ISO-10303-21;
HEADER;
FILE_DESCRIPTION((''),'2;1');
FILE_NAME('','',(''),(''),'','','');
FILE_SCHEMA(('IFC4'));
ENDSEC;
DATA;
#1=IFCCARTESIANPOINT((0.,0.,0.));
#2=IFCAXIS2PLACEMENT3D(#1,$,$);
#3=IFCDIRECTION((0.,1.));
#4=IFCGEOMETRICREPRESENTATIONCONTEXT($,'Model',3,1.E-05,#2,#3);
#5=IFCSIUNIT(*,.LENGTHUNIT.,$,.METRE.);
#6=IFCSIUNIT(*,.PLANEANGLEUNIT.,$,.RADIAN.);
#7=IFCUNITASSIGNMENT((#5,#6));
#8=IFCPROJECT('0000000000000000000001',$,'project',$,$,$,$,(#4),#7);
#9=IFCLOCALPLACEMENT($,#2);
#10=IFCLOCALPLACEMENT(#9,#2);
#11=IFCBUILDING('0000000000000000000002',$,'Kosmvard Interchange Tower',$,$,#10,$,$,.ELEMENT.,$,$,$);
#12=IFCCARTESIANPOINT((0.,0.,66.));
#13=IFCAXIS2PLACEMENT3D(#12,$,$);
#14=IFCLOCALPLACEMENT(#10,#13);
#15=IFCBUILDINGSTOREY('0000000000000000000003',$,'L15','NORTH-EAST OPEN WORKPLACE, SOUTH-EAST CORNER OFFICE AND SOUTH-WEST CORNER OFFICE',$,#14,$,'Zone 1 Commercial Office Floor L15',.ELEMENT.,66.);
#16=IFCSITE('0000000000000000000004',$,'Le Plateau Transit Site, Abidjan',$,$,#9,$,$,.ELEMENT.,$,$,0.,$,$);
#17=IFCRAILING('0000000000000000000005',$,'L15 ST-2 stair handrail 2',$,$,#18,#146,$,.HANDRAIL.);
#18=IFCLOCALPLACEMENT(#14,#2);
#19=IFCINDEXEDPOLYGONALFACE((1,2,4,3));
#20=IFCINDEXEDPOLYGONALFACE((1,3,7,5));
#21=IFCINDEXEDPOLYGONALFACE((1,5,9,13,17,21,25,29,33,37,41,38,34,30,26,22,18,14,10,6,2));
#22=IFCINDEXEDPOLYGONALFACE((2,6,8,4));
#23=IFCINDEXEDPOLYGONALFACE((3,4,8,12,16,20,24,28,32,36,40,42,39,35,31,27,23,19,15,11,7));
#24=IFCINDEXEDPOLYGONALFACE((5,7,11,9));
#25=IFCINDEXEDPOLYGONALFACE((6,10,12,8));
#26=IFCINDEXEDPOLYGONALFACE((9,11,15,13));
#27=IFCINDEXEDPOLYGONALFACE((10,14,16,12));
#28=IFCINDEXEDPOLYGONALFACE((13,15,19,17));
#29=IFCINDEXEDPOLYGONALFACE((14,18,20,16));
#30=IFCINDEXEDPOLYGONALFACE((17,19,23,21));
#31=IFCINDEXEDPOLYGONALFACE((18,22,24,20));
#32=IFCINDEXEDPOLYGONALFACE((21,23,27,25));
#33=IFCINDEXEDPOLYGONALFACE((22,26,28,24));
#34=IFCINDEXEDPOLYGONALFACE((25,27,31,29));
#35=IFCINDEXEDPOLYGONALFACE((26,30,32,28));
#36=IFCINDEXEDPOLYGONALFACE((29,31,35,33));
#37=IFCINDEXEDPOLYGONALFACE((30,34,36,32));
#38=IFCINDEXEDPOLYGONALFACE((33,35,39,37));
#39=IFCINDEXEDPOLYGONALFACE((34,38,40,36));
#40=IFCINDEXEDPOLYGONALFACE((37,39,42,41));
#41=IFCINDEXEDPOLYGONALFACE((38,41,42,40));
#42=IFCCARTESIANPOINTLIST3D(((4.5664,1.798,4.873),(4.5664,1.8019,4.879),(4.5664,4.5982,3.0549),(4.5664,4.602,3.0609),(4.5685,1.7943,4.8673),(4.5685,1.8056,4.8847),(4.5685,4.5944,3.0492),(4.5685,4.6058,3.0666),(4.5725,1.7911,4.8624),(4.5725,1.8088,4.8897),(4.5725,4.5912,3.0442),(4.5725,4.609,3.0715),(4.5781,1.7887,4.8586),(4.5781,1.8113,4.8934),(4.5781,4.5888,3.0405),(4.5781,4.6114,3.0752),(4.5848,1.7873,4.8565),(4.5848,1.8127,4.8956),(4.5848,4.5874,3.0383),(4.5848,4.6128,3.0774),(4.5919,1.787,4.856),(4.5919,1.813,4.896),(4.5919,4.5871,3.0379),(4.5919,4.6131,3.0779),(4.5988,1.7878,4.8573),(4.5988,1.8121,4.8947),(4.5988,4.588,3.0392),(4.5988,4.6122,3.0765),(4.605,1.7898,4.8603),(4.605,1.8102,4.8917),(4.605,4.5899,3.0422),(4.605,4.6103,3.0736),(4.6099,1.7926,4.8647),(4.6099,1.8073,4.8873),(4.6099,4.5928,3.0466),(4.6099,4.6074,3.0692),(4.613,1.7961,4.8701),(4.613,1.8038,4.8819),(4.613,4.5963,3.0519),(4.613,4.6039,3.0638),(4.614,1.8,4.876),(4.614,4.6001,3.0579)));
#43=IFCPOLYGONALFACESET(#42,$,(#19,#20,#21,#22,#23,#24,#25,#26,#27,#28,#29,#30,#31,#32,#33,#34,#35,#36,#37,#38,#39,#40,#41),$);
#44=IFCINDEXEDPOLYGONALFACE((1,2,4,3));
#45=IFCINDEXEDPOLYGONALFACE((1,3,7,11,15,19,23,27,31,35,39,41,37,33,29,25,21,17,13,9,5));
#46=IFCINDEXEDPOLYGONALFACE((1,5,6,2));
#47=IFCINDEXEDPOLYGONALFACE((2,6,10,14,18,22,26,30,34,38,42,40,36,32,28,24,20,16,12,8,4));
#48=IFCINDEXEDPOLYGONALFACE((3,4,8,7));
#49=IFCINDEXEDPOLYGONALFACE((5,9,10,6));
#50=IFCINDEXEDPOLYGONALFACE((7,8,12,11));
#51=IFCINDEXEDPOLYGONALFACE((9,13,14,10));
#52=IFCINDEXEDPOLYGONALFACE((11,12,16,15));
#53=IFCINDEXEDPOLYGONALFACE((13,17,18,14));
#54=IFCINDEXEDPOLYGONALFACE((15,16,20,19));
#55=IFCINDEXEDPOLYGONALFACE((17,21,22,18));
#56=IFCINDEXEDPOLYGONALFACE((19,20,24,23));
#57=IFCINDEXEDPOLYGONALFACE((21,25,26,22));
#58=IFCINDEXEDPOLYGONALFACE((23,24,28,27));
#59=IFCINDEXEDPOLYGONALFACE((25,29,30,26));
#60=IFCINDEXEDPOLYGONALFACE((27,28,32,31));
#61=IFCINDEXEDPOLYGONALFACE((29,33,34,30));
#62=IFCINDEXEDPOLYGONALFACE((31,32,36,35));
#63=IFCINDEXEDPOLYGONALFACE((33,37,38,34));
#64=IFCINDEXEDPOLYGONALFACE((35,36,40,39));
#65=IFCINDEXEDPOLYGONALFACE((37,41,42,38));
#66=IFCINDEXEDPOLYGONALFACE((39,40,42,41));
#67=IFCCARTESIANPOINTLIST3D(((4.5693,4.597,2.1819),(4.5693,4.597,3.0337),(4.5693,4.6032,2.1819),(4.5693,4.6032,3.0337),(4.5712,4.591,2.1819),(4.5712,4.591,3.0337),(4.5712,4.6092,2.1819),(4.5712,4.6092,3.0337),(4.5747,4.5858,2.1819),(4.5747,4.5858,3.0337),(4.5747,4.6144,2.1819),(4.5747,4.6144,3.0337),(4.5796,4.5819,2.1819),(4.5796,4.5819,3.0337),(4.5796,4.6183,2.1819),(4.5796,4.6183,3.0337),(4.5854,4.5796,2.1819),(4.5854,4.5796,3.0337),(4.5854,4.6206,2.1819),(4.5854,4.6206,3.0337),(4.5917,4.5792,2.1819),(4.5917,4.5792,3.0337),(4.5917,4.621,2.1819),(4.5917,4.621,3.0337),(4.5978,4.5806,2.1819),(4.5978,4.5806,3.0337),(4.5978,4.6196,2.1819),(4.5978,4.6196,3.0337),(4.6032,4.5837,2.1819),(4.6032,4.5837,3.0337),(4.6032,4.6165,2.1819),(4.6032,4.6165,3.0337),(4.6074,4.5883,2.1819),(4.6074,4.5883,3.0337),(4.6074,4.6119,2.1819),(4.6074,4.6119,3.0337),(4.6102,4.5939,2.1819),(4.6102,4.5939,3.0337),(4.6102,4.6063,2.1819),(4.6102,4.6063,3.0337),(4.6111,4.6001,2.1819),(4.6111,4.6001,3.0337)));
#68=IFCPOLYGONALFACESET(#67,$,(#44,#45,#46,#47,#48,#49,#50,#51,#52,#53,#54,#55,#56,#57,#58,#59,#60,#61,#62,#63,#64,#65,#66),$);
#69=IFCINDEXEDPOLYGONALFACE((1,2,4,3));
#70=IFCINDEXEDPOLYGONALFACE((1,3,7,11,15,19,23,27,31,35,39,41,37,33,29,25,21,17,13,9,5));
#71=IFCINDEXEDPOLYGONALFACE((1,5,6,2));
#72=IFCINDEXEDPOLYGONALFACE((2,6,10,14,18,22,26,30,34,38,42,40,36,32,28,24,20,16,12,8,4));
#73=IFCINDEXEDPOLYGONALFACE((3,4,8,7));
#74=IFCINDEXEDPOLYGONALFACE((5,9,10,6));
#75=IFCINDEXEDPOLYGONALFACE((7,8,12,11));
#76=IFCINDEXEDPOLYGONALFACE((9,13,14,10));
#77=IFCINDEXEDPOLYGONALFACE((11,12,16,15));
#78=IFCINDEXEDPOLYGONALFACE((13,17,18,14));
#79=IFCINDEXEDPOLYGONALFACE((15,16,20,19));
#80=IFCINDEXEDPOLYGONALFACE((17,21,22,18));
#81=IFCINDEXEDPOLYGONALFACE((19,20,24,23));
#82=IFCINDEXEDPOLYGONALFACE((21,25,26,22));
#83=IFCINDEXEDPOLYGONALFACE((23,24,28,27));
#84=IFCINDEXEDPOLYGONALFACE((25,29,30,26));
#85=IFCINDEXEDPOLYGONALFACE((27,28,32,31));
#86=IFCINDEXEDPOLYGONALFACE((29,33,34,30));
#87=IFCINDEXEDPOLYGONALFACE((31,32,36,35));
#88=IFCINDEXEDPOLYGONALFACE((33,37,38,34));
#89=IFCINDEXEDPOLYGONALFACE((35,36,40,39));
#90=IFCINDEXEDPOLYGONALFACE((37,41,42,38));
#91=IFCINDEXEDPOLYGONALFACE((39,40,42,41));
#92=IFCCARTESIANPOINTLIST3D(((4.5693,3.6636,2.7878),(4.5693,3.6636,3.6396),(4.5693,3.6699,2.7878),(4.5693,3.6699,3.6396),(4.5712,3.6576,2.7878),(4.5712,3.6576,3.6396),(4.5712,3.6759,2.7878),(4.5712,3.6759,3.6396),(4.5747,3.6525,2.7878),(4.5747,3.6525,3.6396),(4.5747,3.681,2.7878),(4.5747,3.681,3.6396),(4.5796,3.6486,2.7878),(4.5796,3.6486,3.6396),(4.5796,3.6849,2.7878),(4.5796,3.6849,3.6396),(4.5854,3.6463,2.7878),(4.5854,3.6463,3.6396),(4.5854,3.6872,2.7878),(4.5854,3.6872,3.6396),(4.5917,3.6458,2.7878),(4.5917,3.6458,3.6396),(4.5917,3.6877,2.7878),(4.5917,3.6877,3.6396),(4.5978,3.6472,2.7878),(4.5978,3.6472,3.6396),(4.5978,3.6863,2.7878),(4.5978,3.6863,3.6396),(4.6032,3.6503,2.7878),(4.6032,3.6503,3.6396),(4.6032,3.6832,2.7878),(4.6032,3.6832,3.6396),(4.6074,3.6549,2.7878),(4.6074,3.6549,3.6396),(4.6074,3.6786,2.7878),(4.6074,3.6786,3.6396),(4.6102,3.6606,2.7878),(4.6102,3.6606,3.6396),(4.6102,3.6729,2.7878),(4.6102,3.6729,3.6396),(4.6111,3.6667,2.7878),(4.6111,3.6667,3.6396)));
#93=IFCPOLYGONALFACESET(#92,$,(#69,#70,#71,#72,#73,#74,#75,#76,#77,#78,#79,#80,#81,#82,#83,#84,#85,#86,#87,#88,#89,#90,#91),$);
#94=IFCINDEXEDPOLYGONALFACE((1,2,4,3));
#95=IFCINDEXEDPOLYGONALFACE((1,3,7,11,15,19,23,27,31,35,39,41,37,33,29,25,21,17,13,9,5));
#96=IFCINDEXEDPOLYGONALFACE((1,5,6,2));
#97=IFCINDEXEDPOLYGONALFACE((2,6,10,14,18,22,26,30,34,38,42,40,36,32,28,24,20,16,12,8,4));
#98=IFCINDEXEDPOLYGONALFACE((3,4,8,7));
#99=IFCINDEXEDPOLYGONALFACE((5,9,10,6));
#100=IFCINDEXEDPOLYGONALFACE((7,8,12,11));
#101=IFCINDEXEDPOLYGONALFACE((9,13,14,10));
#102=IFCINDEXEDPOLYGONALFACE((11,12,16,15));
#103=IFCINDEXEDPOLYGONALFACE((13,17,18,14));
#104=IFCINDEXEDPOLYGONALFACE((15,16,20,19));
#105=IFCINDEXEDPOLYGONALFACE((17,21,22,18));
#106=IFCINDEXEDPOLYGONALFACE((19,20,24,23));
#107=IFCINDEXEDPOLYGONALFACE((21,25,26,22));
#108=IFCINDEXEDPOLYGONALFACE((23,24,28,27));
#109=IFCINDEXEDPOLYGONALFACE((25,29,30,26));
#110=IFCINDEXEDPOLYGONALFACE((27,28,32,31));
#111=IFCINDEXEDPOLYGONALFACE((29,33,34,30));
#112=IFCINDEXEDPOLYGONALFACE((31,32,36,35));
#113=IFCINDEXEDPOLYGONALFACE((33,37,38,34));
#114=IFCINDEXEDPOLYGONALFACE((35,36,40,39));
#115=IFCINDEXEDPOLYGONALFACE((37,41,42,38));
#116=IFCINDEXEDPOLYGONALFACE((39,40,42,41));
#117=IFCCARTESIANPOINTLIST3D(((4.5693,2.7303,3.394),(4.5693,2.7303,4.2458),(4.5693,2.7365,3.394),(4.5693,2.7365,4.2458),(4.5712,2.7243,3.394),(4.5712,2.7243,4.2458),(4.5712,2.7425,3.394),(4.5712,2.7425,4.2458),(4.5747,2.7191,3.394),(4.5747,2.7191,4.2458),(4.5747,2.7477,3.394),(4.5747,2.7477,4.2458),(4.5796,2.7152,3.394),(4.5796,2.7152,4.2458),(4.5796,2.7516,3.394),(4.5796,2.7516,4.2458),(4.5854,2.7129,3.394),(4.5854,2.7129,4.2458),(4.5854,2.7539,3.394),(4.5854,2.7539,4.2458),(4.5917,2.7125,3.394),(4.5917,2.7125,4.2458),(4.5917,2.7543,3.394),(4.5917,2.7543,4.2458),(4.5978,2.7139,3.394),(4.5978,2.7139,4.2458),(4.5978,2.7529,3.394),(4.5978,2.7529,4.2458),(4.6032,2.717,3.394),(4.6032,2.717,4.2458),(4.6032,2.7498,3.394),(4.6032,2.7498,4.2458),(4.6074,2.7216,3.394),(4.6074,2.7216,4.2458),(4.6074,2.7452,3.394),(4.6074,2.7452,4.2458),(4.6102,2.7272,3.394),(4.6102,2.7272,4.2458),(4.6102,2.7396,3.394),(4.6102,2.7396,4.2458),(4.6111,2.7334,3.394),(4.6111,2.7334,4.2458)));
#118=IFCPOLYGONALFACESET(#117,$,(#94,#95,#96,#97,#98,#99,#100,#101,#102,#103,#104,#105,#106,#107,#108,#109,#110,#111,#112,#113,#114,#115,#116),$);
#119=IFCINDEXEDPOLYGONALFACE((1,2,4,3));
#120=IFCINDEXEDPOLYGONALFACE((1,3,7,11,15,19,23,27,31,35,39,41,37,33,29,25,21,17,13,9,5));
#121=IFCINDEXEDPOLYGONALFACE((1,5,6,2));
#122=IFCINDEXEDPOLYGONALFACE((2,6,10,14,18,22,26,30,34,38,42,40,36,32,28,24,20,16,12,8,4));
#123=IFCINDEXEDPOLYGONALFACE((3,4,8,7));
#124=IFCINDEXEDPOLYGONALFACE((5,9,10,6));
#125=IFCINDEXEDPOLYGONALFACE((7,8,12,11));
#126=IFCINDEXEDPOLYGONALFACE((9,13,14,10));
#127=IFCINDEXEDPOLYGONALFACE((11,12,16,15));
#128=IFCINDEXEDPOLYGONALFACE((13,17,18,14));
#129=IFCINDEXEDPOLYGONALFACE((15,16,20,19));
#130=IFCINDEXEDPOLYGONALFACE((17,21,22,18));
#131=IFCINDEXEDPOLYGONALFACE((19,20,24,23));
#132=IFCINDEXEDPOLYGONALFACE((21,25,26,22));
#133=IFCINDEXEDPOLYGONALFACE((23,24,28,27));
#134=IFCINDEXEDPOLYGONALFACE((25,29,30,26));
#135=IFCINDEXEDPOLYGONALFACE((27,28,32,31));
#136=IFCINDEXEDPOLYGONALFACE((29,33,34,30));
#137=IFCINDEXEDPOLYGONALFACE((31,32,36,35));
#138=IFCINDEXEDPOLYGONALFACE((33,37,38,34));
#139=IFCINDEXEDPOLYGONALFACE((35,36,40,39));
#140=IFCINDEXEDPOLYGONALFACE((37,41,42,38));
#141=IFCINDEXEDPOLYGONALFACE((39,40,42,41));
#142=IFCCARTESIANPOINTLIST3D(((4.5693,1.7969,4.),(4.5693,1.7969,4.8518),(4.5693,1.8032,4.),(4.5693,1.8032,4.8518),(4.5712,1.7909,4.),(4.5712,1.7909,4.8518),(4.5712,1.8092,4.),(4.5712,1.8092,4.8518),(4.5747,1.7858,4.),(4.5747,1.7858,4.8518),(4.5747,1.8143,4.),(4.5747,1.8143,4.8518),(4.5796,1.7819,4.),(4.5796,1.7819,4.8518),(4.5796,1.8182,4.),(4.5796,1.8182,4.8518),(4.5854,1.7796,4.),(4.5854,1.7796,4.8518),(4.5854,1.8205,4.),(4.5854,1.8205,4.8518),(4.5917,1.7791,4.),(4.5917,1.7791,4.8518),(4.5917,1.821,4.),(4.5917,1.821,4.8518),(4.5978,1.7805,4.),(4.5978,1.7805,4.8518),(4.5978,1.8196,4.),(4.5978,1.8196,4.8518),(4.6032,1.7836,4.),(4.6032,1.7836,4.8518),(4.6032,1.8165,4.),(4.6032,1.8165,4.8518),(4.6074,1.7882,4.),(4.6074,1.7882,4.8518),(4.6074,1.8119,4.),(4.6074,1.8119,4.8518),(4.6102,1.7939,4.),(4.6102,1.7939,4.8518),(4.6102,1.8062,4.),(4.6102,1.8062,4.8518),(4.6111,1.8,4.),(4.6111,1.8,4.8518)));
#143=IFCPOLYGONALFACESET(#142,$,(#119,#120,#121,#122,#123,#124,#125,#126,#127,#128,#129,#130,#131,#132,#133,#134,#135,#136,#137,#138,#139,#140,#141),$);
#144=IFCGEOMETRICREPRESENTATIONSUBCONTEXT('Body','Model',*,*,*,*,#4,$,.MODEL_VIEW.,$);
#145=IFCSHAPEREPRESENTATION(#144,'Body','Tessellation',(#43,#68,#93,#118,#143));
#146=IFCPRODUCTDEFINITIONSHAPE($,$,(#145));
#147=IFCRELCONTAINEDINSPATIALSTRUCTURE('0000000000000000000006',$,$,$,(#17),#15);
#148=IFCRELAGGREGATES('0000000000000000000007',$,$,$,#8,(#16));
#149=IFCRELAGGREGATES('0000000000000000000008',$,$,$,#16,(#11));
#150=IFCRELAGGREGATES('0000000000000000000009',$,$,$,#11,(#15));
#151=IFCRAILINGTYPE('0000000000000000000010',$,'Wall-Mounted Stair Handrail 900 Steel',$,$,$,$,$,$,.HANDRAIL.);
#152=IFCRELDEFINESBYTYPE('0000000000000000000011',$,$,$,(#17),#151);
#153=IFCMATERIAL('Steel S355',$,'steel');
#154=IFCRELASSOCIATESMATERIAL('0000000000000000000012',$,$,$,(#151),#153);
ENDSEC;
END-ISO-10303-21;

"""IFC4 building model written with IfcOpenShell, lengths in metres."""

from ifc_helpers import new_model, si_unit, direction, frame, origin, origin_2d, place, context, subcontext, project, spatial, circle, extrude, source, transform, mapped, material, type_object, element, save


model = new_model("IFC4")

# Units and contexts
model_context = context("Model", 3, precision=1e-05, world=origin(), true_north=direction((0.0, 1.0)))
body_context = subcontext(model_context, "Body", "Model", "MODEL_VIEW")
ifc_project = project(units=[si_unit("LENGTHUNIT", "METRE"), si_unit("PLANEANGLEUNIT", "RADIAN")], contexts=[model_context])

# Site, building, storey
site_placement = place(None, origin())
site = spatial("IfcSite", under=ifc_project, at=site_placement, Name="Le Plateau Transit Site, Abidjan", CompositionType="ELEMENT", RefElevation=0.0)
building_placement = place(site_placement, origin())
building = spatial("IfcBuilding", under=site, at=building_placement, Name="Kosmvard Interchange Tower", CompositionType="ELEMENT")
storey_placement = place(building_placement, frame((0.0, 0.0, 66.0)))
storey = spatial("IfcBuildingStorey", under=building, at=storey_placement, Name="L15", Description="NORTH-EAST OPEN WORKPLACE, SOUTH-EAST CORNER OFFICE AND SOUTH-WEST CORNER OFFICE", LongName="Zone 1 Commercial Office Floor L15", CompositionType="ELEMENT", Elevation=66.0)

# Shared definitions
ifc_material_1 = material(Name="Steel S355", Category="steel")

# Railing
railing_type_1 = type_object("IfcRailingType", Name="Wall-Mounted Stair Handrail 900 Steel", PredefinedType="HANDRAIL", material=ifc_material_1)
shared_shape_1 = source(origin(), body_context, "Body", "SweptSolid", [
    extrude(circle(Radius=0.0239, at=origin_2d()), frame((0.0, 0.0, 0.876), z_axis=(0.0, -0.838706, 0.544585), x_axis=(1.0, 0.0, 0.0)), (0.0, 0.0, 1.0), 3.3386),
    extrude(circle(Radius=0.021, at=origin_2d()), origin(), (0.0, 0.0, 1.0), 0.8518),
    extrude(circle(Radius=0.021, at=origin_2d()), frame((0.0, -0.9333, 0.606)), (0.0, 0.0, 1.0), 0.8518),
    extrude(circle(Radius=0.021, at=origin_2d()), frame((0.0, -1.8667, 1.2122)), (0.0, 0.0, 1.0), 0.8518),
    extrude(circle(Radius=0.021, at=origin_2d()), frame((0.0, -2.8, 1.8181)), (0.0, 0.0, 1.0), 0.8518),
])
railing_1_placement = place(storey_placement, frame((4.5901, 4.6001, 2.1819)))
element("IfcRailing", 1, at=railing_1_placement, inside=storey, type_object=railing_type_1, Name="L15 ST-2 stair handrail 2", PredefinedType="HANDRAIL", context=body_context, shape_type="MappedRepresentation", body=[
    mapped(shared_shape_1, transform((0.0, 0.0, 0.0), scale=1.0)),
])

save(model, "model.ifc")
